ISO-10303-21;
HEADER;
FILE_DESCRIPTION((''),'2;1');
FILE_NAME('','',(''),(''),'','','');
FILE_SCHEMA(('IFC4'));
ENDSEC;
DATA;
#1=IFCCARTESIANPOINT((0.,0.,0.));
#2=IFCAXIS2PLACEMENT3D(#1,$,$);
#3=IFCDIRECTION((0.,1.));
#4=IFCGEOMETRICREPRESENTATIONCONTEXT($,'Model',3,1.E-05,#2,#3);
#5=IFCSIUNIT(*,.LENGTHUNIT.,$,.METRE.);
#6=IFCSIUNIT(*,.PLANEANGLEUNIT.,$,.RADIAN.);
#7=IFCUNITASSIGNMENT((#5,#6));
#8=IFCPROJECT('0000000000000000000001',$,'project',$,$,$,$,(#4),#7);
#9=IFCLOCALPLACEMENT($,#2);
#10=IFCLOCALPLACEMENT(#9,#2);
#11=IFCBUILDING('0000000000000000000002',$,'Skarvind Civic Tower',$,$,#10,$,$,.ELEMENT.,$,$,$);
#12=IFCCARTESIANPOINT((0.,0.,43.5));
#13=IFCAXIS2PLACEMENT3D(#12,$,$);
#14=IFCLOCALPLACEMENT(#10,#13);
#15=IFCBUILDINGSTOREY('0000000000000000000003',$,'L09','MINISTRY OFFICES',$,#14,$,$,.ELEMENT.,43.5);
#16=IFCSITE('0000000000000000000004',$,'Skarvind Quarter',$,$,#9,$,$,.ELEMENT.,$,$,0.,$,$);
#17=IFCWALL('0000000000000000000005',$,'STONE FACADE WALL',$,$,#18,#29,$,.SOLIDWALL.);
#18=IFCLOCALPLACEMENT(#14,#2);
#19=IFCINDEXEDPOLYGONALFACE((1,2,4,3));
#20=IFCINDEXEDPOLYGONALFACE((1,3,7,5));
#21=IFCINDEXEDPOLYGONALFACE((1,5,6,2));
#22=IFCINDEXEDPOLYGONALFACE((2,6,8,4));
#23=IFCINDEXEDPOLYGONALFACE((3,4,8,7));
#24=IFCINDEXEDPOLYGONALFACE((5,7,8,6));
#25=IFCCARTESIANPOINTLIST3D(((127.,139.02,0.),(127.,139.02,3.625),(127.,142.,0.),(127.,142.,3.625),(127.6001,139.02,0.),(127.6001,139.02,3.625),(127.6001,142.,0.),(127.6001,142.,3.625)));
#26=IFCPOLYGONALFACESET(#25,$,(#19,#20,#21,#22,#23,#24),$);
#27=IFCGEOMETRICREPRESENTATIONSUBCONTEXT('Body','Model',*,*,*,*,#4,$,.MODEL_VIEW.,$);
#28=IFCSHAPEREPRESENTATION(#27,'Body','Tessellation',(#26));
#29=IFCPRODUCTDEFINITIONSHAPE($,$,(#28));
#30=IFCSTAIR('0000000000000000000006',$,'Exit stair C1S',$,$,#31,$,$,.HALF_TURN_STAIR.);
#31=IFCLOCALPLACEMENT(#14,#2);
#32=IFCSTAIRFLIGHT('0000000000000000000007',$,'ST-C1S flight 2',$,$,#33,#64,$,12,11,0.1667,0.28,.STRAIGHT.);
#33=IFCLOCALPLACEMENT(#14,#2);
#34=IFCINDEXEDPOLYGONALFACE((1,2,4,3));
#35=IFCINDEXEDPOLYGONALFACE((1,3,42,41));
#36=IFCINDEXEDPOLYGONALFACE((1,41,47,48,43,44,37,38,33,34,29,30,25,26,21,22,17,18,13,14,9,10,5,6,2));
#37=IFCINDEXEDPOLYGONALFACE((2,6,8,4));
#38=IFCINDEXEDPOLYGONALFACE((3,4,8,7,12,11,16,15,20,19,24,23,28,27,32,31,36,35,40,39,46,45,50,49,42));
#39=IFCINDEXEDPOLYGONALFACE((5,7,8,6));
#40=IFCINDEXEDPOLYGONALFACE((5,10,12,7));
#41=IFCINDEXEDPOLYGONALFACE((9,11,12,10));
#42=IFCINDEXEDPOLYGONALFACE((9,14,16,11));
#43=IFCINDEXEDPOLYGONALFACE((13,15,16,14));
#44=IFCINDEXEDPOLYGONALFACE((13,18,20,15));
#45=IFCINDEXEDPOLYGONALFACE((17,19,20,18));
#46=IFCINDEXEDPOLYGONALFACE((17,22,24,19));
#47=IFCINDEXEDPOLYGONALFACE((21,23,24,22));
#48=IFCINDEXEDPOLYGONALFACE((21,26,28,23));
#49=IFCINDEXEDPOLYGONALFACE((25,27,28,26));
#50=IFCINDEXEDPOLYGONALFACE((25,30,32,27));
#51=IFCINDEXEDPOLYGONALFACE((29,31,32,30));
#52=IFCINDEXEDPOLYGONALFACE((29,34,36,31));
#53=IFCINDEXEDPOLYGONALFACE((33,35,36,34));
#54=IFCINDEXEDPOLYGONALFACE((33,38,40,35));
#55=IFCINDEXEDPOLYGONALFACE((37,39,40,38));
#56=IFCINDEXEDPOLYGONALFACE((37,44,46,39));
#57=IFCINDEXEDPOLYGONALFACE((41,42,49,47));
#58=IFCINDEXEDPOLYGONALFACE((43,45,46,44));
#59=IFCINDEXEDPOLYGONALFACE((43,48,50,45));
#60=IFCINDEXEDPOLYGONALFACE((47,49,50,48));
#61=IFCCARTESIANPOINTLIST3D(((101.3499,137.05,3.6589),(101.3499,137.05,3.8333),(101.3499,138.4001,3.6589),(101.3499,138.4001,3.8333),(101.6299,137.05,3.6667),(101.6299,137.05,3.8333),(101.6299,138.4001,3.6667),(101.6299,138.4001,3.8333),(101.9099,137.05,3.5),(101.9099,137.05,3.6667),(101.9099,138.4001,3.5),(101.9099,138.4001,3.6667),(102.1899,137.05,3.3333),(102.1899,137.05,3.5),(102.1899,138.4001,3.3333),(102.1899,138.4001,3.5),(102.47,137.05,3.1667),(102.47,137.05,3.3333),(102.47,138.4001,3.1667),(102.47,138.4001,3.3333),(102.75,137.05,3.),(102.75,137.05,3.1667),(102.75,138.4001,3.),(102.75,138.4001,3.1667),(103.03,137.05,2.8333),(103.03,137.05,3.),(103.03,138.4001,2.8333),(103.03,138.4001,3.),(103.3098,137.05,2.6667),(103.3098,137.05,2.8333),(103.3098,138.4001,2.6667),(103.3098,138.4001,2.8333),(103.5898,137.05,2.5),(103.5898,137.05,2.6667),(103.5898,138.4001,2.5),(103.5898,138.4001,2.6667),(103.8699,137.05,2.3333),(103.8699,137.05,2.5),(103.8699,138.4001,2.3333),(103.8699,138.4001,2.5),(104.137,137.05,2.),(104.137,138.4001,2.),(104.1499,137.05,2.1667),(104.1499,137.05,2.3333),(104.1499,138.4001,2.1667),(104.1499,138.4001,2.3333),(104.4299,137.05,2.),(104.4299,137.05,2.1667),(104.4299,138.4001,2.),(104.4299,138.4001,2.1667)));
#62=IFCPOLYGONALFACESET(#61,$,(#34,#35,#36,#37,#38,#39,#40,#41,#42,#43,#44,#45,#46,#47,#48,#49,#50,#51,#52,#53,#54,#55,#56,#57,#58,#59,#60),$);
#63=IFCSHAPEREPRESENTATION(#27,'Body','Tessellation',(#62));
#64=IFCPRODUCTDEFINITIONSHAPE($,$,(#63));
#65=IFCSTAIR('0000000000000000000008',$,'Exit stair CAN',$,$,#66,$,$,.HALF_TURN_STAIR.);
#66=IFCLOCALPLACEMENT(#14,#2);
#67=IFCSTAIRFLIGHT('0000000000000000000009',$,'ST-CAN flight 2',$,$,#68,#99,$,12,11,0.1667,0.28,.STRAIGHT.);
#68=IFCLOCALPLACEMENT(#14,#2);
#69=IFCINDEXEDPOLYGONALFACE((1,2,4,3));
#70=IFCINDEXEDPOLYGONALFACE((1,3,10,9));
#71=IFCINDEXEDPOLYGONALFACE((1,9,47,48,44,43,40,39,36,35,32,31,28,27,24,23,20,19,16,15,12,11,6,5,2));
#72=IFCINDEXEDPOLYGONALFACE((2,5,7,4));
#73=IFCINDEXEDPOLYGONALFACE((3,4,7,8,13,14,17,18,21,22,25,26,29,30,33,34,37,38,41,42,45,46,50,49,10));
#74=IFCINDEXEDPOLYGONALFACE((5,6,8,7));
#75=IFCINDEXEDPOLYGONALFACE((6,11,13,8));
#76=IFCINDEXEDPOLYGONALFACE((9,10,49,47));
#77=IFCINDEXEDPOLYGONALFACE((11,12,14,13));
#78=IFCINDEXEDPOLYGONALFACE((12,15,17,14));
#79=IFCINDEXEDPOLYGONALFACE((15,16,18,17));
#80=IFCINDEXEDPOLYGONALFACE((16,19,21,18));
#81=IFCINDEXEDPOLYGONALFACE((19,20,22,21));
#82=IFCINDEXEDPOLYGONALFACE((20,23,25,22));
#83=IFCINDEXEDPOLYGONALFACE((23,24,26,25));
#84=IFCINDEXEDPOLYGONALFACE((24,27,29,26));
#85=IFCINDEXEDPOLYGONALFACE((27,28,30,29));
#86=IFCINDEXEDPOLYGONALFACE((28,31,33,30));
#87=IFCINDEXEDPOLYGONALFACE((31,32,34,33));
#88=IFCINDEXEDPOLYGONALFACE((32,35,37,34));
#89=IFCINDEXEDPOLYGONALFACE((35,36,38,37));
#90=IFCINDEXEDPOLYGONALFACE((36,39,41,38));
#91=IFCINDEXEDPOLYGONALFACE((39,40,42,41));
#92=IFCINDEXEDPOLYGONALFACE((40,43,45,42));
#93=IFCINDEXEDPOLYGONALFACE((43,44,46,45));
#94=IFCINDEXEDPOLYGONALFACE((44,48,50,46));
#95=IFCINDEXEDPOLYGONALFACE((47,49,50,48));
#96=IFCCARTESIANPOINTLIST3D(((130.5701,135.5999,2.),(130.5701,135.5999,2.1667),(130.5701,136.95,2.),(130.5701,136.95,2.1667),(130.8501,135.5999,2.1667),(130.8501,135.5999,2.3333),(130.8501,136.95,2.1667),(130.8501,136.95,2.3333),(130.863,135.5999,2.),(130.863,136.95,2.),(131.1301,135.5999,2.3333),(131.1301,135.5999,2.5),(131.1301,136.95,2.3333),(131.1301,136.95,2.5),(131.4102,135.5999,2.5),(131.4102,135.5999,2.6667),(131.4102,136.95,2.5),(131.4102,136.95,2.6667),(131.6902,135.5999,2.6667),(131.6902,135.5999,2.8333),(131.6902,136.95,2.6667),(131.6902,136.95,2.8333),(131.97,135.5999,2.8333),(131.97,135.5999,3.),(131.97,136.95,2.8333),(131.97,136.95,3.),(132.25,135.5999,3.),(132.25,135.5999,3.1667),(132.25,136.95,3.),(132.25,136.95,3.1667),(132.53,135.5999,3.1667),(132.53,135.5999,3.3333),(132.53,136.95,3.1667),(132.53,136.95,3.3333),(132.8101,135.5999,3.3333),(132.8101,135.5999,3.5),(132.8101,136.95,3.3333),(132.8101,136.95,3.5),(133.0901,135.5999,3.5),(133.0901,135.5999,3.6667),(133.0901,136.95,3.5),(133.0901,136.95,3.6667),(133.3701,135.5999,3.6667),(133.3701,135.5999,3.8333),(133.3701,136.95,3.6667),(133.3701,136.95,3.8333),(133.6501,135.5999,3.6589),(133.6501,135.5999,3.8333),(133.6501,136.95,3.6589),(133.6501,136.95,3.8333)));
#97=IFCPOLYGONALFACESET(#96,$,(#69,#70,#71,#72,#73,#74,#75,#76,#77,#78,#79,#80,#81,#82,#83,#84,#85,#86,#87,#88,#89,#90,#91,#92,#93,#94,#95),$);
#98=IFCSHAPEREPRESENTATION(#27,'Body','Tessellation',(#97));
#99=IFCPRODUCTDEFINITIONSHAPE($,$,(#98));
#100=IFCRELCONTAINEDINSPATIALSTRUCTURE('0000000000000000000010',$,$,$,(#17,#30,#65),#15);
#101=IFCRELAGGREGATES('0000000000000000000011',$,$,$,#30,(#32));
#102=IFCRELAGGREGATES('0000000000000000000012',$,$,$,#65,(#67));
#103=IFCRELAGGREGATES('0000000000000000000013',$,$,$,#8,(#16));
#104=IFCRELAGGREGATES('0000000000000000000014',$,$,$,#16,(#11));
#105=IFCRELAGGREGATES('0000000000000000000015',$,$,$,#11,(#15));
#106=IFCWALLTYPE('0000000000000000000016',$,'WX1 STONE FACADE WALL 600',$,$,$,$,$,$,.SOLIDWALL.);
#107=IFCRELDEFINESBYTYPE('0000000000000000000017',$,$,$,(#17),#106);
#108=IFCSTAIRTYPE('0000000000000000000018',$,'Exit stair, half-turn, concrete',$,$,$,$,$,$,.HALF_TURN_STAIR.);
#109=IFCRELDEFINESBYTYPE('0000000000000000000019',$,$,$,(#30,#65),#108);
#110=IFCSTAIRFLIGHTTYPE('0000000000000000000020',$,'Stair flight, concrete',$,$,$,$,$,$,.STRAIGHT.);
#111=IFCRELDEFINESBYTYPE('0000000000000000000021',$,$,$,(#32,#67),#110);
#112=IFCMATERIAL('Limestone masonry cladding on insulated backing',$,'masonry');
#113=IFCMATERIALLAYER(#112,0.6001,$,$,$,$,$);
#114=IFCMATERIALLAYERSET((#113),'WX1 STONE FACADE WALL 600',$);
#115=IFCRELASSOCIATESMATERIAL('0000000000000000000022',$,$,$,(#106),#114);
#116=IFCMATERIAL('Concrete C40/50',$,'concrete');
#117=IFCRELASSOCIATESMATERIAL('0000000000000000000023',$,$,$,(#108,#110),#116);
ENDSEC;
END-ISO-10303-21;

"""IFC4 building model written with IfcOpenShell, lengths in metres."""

from ifc_helpers import new_model, si_unit, direction, frame, frame_2d, origin, place, context, subcontext, project, spatial, polyline, rectangle, outline, extrude, material, layer, layer_set, type_object, element, aggregate, save


model = new_model("IFC4")

# Units and contexts
model_context = context("Model", 3, precision=1e-05, world=origin(), true_north=direction((0.0, 1.0)))
body_context = subcontext(model_context, "Body", "Model", "MODEL_VIEW")
ifc_project = project(units=[si_unit("LENGTHUNIT", "METRE"), si_unit("PLANEANGLEUNIT", "RADIAN")], contexts=[model_context])

# Site, building, storey
site_placement = place(None, origin())
site = spatial("IfcSite", under=ifc_project, at=site_placement, Name="Skarvind Quarter", CompositionType="ELEMENT", RefElevation=0.0)
building_placement = place(site_placement, origin())
building = spatial("IfcBuilding", under=site, at=building_placement, Name="Skarvind Civic Tower", CompositionType="ELEMENT")
storey_placement = place(building_placement, frame((0.0, 0.0, 43.5)))
storey = spatial("IfcBuildingStorey", under=building, at=storey_placement, Name="L09", Description="MINISTRY OFFICES", CompositionType="ELEMENT", Elevation=43.5)

# Wall
ifc_material_1 = material(Name="Limestone masonry cladding on insulated backing", Category="masonry")
ifc_layer_1 = layer(ifc_material_1, 0.6001)
ifc_layer_set_1 = layer_set([ifc_layer_1], Name="WX1 STONE FACADE WALL 600")
wall_type_1 = type_object("IfcWallType", Name="WX1 STONE FACADE WALL 600", PredefinedType="SOLIDWALL", material=ifc_layer_set_1)
wall_1_placement = place(storey_placement, frame((127.3, 139.02, 0.0), z_axis=(0.0, 0.0, 1.0), x_axis=(0.0, 1.0, 0.0)))
element("IfcWall", 1, at=wall_1_placement, inside=storey, type_object=wall_type_1, Name="STONE FACADE WALL", PredefinedType="SOLIDWALL", context=body_context, shape_type="SweptSolid", body=[
    extrude(rectangle(XDim=2.98, YDim=0.6001, at=frame_2d((1.49, 0.0))), origin(), (0.0, 0.0, 1.0), 3.625),
])

# Stairs, stair flights
ifc_material_2 = material(Name="Concrete C40/50", Category="concrete")
stair_type = type_object("IfcStairType", Name="Exit stair, half-turn, concrete", PredefinedType="HALF_TURN_STAIR", material=ifc_material_2)
stair_1_placement = place(storey_placement, origin())
stair_1 = element("IfcStair", 2, at=stair_1_placement, inside=storey, type_object=stair_type, Name="Exit stair C1S", PredefinedType="HALF_TURN_STAIR")
stair_flight_type = type_object("IfcStairFlightType", Name="Stair flight, concrete", PredefinedType="STRAIGHT", material=ifc_material_2)
stair_flight_1_placement = place(storey_placement, frame((104.4299, 137.7251, 2.0), z_axis=(0.0, 0.0, 1.0), x_axis=(-1.0, 0.0, 0.0)))
stair_flight_1 = element("IfcStairFlight", 3, at=stair_flight_1_placement, type_object=stair_flight_type, Name="ST-C1S flight 2", NumberOfRisers=12, NumberOfTreads=11, PredefinedType="STRAIGHT", RiserHeight=0.1667, TreadLength=0.28, context=body_context, shape_type="SweptSolid", body=[
    extrude(outline(polyline([(0.0, 0.0), (0.0, 0.1667), (0.28, 0.1667), (0.28, 0.3333), (0.5601, 0.3333), (0.5601, 0.5), (0.8401, 0.5), (0.8401, 0.6667), (1.1201, 0.6667), (1.1201, 0.8333), (1.3999, 0.8333), (1.3999, 1.0), (1.6799, 1.0), (1.6799, 1.1667), (1.96, 1.1667), (1.96, 1.3333), (2.24, 1.3333), (2.24, 1.5), (2.52, 1.5), (2.52, 1.6667), (2.8, 1.6667), (2.8, 1.8333), (3.0801, 1.8333), (3.0801, 2.0), (3.0801, 1.6589), (0.293, 0.0), (0.0, 0.0)])), frame((0.0, 0.675, 0.0), z_axis=(0.0, -1.0, 0.0), x_axis=(1.0, 0.0, 0.0)), (0.0, 0.0, 1.0), 1.3501),
])
aggregate(stair_1, [stair_flight_1])
stair_2_placement = place(storey_placement, origin())
stair_2 = element("IfcStair", 4, at=stair_2_placement, inside=storey, type_object=stair_type, Name="Exit stair CAN", PredefinedType="HALF_TURN_STAIR")
stair_flight_2_placement = place(storey_placement, frame((130.5701, 136.2749, 2.0), z_axis=(0.0, 0.0, 1.0), x_axis=(1.0, 0.0, 0.0)))
stair_flight_2 = element("IfcStairFlight", 5, at=stair_flight_2_placement, type_object=stair_flight_type, Name="ST-CAN flight 2", NumberOfRisers=12, NumberOfTreads=11, PredefinedType="STRAIGHT", RiserHeight=0.1667, TreadLength=0.28, context=body_context, shape_type="SweptSolid", body=[
    extrude(outline(polyline([(0.0, 0.0), (0.0, 0.1667), (0.28, 0.1667), (0.28, 0.3333), (0.5601, 0.3333), (0.5601, 0.5), (0.8401, 0.5), (0.8401, 0.6667), (1.1201, 0.6667), (1.1201, 0.8333), (1.3999, 0.8333), (1.3999, 1.0), (1.6799, 1.0), (1.6799, 1.1667), (1.96, 1.1667), (1.96, 1.3333), (2.24, 1.3333), (2.24, 1.5), (2.52, 1.5), (2.52, 1.6667), (2.8, 1.6667), (2.8, 1.8333), (3.0801, 1.8333), (3.0801, 2.0), (3.0801, 1.6589), (0.293, 0.0), (0.0, 0.0)])), frame((0.0, 0.675, 0.0), z_axis=(0.0, -1.0, 0.0), x_axis=(1.0, 0.0, 0.0)), (0.0, 0.0, 1.0), 1.3501),
])
aggregate(stair_2, [stair_flight_2])

save(model, "model.ifc")
